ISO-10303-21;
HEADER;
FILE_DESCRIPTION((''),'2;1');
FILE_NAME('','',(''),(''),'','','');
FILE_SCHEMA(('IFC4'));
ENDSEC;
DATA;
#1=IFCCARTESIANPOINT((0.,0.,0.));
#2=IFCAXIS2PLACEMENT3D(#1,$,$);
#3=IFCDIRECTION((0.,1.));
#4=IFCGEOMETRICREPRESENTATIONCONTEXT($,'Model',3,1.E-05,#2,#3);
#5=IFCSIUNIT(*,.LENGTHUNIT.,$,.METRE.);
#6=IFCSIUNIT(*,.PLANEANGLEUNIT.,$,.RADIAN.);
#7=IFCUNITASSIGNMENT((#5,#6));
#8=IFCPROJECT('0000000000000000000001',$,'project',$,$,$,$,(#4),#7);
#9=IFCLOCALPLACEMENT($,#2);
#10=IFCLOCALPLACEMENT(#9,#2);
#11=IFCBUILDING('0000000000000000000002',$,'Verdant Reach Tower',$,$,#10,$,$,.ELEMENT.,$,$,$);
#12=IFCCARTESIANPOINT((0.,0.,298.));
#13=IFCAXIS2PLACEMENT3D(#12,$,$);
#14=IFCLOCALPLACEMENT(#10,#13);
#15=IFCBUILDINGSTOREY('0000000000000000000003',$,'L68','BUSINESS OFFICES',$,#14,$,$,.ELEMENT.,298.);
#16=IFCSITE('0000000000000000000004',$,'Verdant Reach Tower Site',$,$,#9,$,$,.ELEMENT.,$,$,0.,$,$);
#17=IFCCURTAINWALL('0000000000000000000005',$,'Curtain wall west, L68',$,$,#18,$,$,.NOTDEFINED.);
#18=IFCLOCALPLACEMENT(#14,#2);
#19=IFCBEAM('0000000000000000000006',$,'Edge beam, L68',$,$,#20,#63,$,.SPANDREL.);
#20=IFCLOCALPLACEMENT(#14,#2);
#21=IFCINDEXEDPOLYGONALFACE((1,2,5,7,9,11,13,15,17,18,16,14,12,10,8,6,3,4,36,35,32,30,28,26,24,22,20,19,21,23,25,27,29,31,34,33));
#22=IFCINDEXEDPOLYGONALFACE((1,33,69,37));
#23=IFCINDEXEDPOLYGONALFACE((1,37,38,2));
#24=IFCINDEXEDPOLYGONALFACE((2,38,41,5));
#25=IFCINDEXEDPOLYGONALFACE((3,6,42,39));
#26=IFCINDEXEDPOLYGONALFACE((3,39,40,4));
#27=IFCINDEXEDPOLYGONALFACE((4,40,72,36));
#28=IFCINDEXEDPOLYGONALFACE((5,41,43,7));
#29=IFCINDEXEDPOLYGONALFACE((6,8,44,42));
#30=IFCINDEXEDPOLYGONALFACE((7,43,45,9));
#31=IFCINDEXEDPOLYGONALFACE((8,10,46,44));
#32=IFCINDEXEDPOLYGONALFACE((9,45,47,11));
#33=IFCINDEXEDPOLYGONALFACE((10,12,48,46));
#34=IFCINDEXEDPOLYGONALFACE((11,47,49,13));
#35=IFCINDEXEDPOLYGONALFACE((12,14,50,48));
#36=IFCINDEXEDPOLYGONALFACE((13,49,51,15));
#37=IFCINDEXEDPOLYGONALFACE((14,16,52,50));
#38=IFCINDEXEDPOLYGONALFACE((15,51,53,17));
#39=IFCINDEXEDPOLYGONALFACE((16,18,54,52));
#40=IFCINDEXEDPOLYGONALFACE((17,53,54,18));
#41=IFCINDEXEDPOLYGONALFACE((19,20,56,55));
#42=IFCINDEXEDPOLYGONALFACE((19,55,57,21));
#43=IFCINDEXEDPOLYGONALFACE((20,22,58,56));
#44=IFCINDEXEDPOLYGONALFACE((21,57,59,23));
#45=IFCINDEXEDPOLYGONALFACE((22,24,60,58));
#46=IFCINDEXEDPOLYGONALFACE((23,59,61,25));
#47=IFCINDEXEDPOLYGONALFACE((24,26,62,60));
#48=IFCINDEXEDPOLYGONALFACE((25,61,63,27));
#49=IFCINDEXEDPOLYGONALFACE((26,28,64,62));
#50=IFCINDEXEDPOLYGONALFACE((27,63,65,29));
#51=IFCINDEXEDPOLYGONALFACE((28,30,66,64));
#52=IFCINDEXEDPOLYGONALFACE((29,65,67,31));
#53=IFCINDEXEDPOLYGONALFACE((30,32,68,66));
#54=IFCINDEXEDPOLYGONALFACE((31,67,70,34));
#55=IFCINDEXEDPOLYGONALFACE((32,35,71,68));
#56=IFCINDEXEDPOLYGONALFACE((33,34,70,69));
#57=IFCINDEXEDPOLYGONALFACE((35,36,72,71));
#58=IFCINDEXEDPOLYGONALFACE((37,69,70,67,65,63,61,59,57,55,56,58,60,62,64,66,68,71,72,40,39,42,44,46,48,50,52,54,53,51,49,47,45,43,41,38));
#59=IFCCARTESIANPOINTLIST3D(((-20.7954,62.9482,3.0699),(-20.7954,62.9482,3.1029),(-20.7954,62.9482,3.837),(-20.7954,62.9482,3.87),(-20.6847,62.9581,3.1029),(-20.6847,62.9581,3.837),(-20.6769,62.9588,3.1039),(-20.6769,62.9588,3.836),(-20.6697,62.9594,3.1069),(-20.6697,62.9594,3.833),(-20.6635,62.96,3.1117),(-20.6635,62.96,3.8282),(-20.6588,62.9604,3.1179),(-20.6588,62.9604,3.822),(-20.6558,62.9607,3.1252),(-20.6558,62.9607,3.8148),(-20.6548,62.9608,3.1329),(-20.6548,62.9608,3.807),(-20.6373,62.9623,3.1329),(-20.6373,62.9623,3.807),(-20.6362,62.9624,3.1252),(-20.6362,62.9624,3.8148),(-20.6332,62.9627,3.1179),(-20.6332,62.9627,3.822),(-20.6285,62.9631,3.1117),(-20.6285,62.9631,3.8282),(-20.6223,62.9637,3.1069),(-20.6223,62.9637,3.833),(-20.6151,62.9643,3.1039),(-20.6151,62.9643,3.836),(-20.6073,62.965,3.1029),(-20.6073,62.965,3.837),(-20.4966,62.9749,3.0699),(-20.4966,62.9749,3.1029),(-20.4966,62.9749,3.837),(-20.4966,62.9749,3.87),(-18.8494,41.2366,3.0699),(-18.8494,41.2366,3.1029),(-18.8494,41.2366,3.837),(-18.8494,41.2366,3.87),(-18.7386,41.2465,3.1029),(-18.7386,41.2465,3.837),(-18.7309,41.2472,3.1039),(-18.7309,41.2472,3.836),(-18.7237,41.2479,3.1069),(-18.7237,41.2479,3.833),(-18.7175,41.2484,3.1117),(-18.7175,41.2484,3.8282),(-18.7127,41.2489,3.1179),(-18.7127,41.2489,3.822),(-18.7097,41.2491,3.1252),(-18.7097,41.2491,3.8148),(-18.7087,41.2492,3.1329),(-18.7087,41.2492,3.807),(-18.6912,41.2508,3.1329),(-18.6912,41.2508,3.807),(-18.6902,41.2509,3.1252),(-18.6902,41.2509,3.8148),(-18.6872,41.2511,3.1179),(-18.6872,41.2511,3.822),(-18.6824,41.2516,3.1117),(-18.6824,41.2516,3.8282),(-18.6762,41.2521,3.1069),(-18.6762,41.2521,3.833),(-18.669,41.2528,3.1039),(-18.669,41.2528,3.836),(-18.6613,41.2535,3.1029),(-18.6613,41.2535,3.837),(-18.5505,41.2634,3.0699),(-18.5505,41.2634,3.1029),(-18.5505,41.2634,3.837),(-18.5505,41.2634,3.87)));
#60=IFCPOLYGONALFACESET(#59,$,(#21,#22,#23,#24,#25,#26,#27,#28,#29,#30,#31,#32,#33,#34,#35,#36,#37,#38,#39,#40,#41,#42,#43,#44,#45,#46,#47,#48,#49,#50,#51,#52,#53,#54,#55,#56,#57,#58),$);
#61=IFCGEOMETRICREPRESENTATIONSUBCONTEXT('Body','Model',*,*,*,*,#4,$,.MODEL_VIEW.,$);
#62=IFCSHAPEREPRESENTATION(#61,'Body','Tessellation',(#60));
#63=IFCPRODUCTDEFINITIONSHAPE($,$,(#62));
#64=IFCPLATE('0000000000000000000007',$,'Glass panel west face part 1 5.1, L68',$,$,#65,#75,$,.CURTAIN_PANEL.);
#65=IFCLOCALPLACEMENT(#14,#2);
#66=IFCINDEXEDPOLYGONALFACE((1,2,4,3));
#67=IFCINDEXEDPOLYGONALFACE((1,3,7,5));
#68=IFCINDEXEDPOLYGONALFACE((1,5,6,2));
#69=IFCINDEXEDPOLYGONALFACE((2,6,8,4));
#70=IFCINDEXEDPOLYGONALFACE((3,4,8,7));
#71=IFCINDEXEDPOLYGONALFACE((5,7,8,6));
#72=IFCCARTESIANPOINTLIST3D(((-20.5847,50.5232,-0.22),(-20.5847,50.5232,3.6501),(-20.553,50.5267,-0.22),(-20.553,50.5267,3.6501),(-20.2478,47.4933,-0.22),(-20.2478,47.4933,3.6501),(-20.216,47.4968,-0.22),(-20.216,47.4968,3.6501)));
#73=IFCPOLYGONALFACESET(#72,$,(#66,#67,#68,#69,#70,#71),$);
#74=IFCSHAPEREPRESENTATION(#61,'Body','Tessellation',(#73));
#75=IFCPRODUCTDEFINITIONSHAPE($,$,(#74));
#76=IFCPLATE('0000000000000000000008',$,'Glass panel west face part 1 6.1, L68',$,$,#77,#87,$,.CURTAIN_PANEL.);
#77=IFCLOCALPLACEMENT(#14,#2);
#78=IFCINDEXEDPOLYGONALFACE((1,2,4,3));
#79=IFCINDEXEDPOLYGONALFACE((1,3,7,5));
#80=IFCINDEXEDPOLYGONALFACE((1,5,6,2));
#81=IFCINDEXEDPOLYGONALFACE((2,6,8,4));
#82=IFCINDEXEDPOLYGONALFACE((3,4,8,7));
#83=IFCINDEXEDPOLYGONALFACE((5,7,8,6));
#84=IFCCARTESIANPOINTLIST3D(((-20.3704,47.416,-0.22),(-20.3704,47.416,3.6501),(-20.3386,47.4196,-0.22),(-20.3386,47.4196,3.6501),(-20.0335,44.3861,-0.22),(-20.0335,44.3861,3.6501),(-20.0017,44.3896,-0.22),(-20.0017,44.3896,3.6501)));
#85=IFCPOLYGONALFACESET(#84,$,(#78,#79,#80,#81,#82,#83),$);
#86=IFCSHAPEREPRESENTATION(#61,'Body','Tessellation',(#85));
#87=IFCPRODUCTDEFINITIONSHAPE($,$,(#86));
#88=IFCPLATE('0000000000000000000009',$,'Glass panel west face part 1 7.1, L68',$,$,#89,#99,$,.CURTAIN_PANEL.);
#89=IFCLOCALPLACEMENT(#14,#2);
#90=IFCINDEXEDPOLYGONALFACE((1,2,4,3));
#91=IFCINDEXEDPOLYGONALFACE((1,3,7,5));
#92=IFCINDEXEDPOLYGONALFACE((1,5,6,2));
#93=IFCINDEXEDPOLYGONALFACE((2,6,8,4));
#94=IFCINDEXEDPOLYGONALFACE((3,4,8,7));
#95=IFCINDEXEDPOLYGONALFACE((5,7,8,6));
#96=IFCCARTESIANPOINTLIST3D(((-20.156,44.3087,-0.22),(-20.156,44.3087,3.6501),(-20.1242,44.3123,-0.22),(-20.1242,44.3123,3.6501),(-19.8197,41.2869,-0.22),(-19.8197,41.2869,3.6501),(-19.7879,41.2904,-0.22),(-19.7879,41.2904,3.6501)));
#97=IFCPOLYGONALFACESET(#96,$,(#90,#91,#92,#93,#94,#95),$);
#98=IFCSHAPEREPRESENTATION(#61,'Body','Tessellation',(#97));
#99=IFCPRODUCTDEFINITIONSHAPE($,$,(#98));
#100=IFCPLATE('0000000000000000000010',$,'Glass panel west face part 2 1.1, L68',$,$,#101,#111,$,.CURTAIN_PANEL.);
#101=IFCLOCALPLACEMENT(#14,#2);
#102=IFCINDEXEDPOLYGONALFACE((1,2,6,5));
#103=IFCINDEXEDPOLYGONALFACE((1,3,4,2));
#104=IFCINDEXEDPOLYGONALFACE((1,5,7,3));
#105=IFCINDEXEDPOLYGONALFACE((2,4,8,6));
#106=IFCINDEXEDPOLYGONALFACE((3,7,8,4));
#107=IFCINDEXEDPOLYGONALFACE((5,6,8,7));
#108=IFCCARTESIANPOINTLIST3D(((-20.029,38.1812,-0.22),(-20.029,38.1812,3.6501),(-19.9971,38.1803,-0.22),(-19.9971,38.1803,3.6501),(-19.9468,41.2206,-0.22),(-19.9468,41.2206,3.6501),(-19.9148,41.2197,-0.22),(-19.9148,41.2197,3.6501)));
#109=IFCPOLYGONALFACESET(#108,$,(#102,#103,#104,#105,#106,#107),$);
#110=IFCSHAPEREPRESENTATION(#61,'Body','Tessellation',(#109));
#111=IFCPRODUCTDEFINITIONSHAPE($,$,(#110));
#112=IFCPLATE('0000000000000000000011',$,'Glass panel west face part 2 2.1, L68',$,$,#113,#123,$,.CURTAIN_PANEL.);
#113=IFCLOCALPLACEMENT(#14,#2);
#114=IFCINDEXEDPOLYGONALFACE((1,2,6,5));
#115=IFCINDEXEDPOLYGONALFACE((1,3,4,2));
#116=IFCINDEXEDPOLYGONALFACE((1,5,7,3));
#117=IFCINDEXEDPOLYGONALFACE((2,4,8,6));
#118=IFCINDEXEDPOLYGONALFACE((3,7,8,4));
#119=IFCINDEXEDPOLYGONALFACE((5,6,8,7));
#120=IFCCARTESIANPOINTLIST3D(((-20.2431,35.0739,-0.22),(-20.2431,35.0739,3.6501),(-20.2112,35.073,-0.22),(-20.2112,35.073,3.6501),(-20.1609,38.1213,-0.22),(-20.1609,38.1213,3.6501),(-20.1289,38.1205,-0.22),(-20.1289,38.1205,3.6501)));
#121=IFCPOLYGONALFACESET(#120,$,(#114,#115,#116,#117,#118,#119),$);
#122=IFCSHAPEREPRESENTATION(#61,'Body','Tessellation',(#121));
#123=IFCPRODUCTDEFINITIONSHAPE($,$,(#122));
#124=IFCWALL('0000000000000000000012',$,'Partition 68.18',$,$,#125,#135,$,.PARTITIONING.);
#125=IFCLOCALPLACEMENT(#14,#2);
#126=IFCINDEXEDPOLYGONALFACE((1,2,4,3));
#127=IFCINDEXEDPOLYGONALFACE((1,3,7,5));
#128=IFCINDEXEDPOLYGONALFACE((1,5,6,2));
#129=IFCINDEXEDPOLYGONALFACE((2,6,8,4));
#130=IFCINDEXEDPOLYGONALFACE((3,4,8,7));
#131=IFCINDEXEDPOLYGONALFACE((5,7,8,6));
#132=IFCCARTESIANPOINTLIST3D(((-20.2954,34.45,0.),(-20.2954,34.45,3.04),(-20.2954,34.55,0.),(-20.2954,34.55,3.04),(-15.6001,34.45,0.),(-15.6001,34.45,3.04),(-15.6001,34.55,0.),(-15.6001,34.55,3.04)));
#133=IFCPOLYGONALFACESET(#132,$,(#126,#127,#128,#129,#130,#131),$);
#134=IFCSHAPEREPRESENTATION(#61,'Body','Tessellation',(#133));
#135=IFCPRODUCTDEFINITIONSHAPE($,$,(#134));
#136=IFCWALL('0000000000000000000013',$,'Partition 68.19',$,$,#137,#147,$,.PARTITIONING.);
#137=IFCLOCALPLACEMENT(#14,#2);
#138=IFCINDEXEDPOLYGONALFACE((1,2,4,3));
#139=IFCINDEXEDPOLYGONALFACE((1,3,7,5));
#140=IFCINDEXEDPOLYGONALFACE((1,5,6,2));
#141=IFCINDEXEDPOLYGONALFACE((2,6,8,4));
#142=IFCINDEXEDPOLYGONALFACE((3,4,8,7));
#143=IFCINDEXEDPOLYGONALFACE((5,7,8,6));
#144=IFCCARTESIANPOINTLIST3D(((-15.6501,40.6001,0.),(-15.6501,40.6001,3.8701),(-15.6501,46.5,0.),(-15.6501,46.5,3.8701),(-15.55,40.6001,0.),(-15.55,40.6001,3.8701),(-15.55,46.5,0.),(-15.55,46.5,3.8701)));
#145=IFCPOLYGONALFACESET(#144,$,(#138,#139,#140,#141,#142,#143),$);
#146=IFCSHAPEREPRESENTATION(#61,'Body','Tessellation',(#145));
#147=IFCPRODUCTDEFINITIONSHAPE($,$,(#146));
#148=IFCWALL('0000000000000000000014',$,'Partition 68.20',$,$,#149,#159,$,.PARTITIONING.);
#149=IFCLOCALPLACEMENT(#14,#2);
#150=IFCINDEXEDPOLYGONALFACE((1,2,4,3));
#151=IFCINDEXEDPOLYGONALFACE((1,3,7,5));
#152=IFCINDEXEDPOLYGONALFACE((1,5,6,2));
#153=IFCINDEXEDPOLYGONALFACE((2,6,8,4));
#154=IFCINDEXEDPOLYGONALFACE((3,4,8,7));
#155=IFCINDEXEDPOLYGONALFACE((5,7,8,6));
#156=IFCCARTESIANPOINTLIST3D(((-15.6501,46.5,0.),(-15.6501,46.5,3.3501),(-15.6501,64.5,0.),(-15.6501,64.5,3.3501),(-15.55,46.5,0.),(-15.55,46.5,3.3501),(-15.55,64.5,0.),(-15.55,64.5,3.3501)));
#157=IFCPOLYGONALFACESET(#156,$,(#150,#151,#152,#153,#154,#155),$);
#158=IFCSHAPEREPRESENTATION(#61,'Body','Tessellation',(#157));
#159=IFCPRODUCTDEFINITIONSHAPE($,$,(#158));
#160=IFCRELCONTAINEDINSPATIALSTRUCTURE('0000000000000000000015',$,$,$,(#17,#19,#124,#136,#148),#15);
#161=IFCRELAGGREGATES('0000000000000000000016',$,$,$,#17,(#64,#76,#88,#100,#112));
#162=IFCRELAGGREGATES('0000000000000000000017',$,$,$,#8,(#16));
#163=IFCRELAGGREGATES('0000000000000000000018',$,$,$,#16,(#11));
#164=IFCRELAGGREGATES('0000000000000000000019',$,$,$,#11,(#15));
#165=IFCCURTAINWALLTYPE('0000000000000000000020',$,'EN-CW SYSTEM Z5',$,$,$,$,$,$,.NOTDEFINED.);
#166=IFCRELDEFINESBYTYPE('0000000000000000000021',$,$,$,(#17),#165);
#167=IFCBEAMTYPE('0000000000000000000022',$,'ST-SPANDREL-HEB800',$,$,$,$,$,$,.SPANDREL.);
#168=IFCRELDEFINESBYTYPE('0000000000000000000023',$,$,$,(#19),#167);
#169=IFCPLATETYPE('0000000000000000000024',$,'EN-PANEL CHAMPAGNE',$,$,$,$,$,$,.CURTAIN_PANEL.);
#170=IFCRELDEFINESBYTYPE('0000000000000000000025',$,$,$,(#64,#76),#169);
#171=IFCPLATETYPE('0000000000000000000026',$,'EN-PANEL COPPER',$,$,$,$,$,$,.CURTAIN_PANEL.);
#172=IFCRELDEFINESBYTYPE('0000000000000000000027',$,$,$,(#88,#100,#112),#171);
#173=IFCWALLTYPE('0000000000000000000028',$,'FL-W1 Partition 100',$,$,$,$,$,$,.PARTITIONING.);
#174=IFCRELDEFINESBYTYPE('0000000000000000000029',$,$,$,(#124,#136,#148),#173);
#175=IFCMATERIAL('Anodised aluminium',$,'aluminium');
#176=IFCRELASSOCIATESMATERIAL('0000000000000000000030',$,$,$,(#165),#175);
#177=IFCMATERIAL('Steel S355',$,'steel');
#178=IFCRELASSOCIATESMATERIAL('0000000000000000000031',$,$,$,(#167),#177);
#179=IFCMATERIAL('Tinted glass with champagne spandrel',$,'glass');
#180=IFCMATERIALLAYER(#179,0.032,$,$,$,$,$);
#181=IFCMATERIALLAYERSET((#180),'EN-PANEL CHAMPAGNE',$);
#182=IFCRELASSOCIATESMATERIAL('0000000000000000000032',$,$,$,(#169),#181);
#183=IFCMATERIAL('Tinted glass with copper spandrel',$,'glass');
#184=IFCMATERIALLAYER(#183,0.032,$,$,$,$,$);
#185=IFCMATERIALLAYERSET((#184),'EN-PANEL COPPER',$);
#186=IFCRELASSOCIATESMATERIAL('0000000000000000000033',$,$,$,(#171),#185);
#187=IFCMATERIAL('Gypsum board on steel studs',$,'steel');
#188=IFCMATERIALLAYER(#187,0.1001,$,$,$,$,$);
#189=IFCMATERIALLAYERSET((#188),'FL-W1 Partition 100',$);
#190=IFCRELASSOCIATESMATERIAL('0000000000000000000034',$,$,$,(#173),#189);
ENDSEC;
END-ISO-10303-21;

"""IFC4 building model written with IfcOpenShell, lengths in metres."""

from ifc_helpers import new_model, si_unit, direction, frame, frame_2d, origin, origin_2d, place, context, subcontext, project, spatial, rectangle, i_section, extrude, material, layer, layer_set, material_profile, profile_set, type_object, element, aggregate, save


model = new_model("IFC4")

# Units and contexts
model_context = context("Model", 3, precision=1e-05, world=origin(), true_north=direction((0.0, 1.0)))
body_context = subcontext(model_context, "Body", "Model", "MODEL_VIEW")
ifc_project = project(units=[si_unit("LENGTHUNIT", "METRE"), si_unit("PLANEANGLEUNIT", "RADIAN")], contexts=[model_context])

# Site, building, storey
site_placement = place(None, origin())
site = spatial("IfcSite", under=ifc_project, at=site_placement, Name="Verdant Reach Tower Site", CompositionType="ELEMENT", RefElevation=0.0)
building_placement = place(site_placement, origin())
building = spatial("IfcBuilding", under=site, at=building_placement, Name="Verdant Reach Tower", CompositionType="ELEMENT")
storey_placement = place(building_placement, frame((0.0, 0.0, 298.0)))
storey = spatial("IfcBuildingStorey", under=building, at=storey_placement, Name="L68", Description="BUSINESS OFFICES", CompositionType="ELEMENT", Elevation=298.0)

# Curtain wall
ifc_material_1 = material(Name="Anodised aluminium", Category="aluminium")
curtain_wall_type = type_object("IfcCurtainWallType", Name="EN-CW SYSTEM Z5", PredefinedType="NOTDEFINED", material=ifc_material_1)
curtain_wall_placement = place(storey_placement, origin())
curtain_wall = element("IfcCurtainWall", 1, at=curtain_wall_placement, inside=storey, type_object=curtain_wall_type, Name="Curtain wall west, L68", PredefinedType="NOTDEFINED")

# Beam
ifc_material_2 = material(Name="Steel S355", Category="steel")
ifc_material_profile_1 = material_profile(ifc_material_2, i_section(OverallWidth=0.3, OverallDepth=0.8, WebThickness=0.0176, FlangeThickness=0.033, FilletRadius=0.03, at=origin_2d()), Name="HEB 800")
ifc_profile_set_1 = profile_set([ifc_material_profile_1], Name="Steel S355")
beam_type_1 = type_object("IfcBeamType", Name="ST-SPANDREL-HEB800", PredefinedType="SPANDREL", material=ifc_profile_set_1)
beam_1_placement = place(storey_placement, frame((-18.7, 41.25, 3.47), z_axis=(-0.089274, 0.996007, 0.0), x_axis=(-0.996007, -0.089274, 0.0)))
element("IfcBeam", 2, at=beam_1_placement, inside=storey, type_object=beam_type_1, Name="Edge beam, L68", PredefinedType="SPANDREL", context=body_context, shape_type="SweptSolid", body=[
    extrude(i_section(OverallWidth=0.3, OverallDepth=0.8, WebThickness=0.0176, FlangeThickness=0.033, FilletRadius=0.03, at=origin_2d()), origin(), (0.0, 0.0, 1.0), 21.7986),
])

# Plates
ifc_material_3 = material(Name="Tinted glass with champagne spandrel", Category="glass")
ifc_layer_1 = layer(ifc_material_3, 0.032)
ifc_layer_set_1 = layer_set([ifc_layer_1], Name="EN-PANEL CHAMPAGNE")
plate_type_1 = type_object("IfcPlateType", Name="EN-PANEL CHAMPAGNE", PredefinedType="CURTAIN_PANEL", material=ifc_layer_set_1)
plate_1_placement = place(storey_placement, frame((-20.4004, 49.01, -0.22), z_axis=(0.0, 0.0, 1.0), x_axis=(0.110518, -0.993874, 0.0)))
plate_1 = element("IfcPlate", 3, at=plate_1_placement, type_object=plate_type_1, Name="Glass panel west face part 1 5.1, L68", PredefinedType="CURTAIN_PANEL", context=body_context, shape_type="SweptSolid", body=[
    extrude(rectangle(XDim=3.0486, YDim=0.032, at=origin_2d()), origin(), (0.0, 0.0, 1.0), 3.8701),
])
plate_2_placement = place(storey_placement, frame((-20.186, 45.9028, -0.22), z_axis=(0.0, 0.0, 1.0), x_axis=(0.110518, -0.993874, 0.0)))
plate_2 = element("IfcPlate", 4, at=plate_2_placement, type_object=plate_type_1, Name="Glass panel west face part 1 6.1, L68", PredefinedType="CURTAIN_PANEL", context=body_context, shape_type="SweptSolid", body=[
    extrude(rectangle(XDim=3.0486, YDim=0.032, at=origin_2d()), origin(), (0.0, 0.0, 1.0), 3.8701),
])
ifc_material_4 = material(Name="Tinted glass with copper spandrel", Category="glass")
ifc_layer_2 = layer(ifc_material_4, 0.032)
ifc_layer_set_2 = layer_set([ifc_layer_2], Name="EN-PANEL COPPER")
plate_type_2 = type_object("IfcPlateType", Name="EN-PANEL COPPER", PredefinedType="CURTAIN_PANEL", material=ifc_layer_set_2)
plate_3_placement = place(storey_placement, frame((-19.9719, 42.7996, -0.22), z_axis=(0.0, 0.0, 1.0), x_axis=(0.110605, -0.993864, 0.0)))
plate_3 = element("IfcPlate", 5, at=plate_3_placement, type_object=plate_type_2, Name="Glass panel west face part 1 7.1, L68", PredefinedType="CURTAIN_PANEL", context=body_context, shape_type="SweptSolid", body=[
    extrude(rectangle(XDim=3.0405, YDim=0.032, at=origin_2d()), origin(), (0.0, 0.0, 1.0), 3.8701),
])
plate_4_placement = place(storey_placement, frame((-19.9719, 39.7004, -0.22), z_axis=(0.0, 0.0, 1.0), x_axis=(-0.027053, -0.999634, 0.0)))
plate_4 = element("IfcPlate", 6, at=plate_4_placement, type_object=plate_type_2, Name="Glass panel west face part 2 1.1, L68", PredefinedType="CURTAIN_PANEL", context=body_context, shape_type="SweptSolid", body=[
    extrude(rectangle(XDim=3.0405, YDim=0.032, at=origin_2d()), origin(), (0.0, 0.0, 1.0), 3.8701),
])
plate_5_placement = place(storey_placement, frame((-20.186, 36.5972, -0.22), z_axis=(0.0, 0.0, 1.0), x_axis=(-0.026965, -0.999636, 0.0)))
plate_5 = element("IfcPlate", 7, at=plate_5_placement, type_object=plate_type_2, Name="Glass panel west face part 2 2.1, L68", PredefinedType="CURTAIN_PANEL", context=body_context, shape_type="SweptSolid", body=[
    extrude(rectangle(XDim=3.0486, YDim=0.032, at=origin_2d()), origin(), (0.0, 0.0, 1.0), 3.8701),
])
aggregate(curtain_wall, [plate_1, plate_2, plate_3, plate_4, plate_5])

# Walls
ifc_material_5 = material(Name="Gypsum board on steel studs", Category="steel")
ifc_layer_3 = layer(ifc_material_5, 0.1001)
ifc_layer_set_3 = layer_set([ifc_layer_3], Name="FL-W1 Partition 100")
wall_type_1 = type_object("IfcWallType", Name="FL-W1 Partition 100", PredefinedType="PARTITIONING", material=ifc_layer_set_3)
wall_1_placement = place(storey_placement, frame((-15.6001, 34.5, 0.0), z_axis=(0.0, 0.0, 1.0), x_axis=(-1.0, 0.0, 0.0)))
element("IfcWall", 8, at=wall_1_placement, inside=storey, type_object=wall_type_1, Name="Partition 68.18", PredefinedType="PARTITIONING", context=body_context, shape_type="SweptSolid", body=[
    extrude(rectangle(XDim=4.6953, YDim=0.1001, at=frame_2d((2.3477, 0.0))), origin(), (0.0, 0.0, 1.0), 3.04),
])
wall_2_placement = place(storey_placement, frame((-15.6001, 40.6001, 0.0), z_axis=(0.0, 0.0, 1.0), x_axis=(0.0, 1.0, 0.0)))
element("IfcWall", 9, at=wall_2_placement, inside=storey, type_object=wall_type_1, Name="Partition 68.19", PredefinedType="PARTITIONING", context=body_context, shape_type="SweptSolid", body=[
    extrude(rectangle(XDim=5.8999, YDim=0.1001, at=frame_2d((2.95, 0.0))), origin(), (0.0, 0.0, 1.0), 3.8701),
])
wall_3_placement = place(storey_placement, frame((-15.6001, 46.5, 0.0), z_axis=(0.0, 0.0, 1.0), x_axis=(0.0, 1.0, 0.0)))
element("IfcWall", 10, at=wall_3_placement, inside=storey, type_object=wall_type_1, Name="Partition 68.20", PredefinedType="PARTITIONING", context=body_context, shape_type="SweptSolid", body=[
    extrude(rectangle(XDim=18.0, YDim=0.1001, at=frame_2d((9.0, 0.0))), origin(), (0.0, 0.0, 1.0), 3.3501),
])

save(model, "model.ifc")
